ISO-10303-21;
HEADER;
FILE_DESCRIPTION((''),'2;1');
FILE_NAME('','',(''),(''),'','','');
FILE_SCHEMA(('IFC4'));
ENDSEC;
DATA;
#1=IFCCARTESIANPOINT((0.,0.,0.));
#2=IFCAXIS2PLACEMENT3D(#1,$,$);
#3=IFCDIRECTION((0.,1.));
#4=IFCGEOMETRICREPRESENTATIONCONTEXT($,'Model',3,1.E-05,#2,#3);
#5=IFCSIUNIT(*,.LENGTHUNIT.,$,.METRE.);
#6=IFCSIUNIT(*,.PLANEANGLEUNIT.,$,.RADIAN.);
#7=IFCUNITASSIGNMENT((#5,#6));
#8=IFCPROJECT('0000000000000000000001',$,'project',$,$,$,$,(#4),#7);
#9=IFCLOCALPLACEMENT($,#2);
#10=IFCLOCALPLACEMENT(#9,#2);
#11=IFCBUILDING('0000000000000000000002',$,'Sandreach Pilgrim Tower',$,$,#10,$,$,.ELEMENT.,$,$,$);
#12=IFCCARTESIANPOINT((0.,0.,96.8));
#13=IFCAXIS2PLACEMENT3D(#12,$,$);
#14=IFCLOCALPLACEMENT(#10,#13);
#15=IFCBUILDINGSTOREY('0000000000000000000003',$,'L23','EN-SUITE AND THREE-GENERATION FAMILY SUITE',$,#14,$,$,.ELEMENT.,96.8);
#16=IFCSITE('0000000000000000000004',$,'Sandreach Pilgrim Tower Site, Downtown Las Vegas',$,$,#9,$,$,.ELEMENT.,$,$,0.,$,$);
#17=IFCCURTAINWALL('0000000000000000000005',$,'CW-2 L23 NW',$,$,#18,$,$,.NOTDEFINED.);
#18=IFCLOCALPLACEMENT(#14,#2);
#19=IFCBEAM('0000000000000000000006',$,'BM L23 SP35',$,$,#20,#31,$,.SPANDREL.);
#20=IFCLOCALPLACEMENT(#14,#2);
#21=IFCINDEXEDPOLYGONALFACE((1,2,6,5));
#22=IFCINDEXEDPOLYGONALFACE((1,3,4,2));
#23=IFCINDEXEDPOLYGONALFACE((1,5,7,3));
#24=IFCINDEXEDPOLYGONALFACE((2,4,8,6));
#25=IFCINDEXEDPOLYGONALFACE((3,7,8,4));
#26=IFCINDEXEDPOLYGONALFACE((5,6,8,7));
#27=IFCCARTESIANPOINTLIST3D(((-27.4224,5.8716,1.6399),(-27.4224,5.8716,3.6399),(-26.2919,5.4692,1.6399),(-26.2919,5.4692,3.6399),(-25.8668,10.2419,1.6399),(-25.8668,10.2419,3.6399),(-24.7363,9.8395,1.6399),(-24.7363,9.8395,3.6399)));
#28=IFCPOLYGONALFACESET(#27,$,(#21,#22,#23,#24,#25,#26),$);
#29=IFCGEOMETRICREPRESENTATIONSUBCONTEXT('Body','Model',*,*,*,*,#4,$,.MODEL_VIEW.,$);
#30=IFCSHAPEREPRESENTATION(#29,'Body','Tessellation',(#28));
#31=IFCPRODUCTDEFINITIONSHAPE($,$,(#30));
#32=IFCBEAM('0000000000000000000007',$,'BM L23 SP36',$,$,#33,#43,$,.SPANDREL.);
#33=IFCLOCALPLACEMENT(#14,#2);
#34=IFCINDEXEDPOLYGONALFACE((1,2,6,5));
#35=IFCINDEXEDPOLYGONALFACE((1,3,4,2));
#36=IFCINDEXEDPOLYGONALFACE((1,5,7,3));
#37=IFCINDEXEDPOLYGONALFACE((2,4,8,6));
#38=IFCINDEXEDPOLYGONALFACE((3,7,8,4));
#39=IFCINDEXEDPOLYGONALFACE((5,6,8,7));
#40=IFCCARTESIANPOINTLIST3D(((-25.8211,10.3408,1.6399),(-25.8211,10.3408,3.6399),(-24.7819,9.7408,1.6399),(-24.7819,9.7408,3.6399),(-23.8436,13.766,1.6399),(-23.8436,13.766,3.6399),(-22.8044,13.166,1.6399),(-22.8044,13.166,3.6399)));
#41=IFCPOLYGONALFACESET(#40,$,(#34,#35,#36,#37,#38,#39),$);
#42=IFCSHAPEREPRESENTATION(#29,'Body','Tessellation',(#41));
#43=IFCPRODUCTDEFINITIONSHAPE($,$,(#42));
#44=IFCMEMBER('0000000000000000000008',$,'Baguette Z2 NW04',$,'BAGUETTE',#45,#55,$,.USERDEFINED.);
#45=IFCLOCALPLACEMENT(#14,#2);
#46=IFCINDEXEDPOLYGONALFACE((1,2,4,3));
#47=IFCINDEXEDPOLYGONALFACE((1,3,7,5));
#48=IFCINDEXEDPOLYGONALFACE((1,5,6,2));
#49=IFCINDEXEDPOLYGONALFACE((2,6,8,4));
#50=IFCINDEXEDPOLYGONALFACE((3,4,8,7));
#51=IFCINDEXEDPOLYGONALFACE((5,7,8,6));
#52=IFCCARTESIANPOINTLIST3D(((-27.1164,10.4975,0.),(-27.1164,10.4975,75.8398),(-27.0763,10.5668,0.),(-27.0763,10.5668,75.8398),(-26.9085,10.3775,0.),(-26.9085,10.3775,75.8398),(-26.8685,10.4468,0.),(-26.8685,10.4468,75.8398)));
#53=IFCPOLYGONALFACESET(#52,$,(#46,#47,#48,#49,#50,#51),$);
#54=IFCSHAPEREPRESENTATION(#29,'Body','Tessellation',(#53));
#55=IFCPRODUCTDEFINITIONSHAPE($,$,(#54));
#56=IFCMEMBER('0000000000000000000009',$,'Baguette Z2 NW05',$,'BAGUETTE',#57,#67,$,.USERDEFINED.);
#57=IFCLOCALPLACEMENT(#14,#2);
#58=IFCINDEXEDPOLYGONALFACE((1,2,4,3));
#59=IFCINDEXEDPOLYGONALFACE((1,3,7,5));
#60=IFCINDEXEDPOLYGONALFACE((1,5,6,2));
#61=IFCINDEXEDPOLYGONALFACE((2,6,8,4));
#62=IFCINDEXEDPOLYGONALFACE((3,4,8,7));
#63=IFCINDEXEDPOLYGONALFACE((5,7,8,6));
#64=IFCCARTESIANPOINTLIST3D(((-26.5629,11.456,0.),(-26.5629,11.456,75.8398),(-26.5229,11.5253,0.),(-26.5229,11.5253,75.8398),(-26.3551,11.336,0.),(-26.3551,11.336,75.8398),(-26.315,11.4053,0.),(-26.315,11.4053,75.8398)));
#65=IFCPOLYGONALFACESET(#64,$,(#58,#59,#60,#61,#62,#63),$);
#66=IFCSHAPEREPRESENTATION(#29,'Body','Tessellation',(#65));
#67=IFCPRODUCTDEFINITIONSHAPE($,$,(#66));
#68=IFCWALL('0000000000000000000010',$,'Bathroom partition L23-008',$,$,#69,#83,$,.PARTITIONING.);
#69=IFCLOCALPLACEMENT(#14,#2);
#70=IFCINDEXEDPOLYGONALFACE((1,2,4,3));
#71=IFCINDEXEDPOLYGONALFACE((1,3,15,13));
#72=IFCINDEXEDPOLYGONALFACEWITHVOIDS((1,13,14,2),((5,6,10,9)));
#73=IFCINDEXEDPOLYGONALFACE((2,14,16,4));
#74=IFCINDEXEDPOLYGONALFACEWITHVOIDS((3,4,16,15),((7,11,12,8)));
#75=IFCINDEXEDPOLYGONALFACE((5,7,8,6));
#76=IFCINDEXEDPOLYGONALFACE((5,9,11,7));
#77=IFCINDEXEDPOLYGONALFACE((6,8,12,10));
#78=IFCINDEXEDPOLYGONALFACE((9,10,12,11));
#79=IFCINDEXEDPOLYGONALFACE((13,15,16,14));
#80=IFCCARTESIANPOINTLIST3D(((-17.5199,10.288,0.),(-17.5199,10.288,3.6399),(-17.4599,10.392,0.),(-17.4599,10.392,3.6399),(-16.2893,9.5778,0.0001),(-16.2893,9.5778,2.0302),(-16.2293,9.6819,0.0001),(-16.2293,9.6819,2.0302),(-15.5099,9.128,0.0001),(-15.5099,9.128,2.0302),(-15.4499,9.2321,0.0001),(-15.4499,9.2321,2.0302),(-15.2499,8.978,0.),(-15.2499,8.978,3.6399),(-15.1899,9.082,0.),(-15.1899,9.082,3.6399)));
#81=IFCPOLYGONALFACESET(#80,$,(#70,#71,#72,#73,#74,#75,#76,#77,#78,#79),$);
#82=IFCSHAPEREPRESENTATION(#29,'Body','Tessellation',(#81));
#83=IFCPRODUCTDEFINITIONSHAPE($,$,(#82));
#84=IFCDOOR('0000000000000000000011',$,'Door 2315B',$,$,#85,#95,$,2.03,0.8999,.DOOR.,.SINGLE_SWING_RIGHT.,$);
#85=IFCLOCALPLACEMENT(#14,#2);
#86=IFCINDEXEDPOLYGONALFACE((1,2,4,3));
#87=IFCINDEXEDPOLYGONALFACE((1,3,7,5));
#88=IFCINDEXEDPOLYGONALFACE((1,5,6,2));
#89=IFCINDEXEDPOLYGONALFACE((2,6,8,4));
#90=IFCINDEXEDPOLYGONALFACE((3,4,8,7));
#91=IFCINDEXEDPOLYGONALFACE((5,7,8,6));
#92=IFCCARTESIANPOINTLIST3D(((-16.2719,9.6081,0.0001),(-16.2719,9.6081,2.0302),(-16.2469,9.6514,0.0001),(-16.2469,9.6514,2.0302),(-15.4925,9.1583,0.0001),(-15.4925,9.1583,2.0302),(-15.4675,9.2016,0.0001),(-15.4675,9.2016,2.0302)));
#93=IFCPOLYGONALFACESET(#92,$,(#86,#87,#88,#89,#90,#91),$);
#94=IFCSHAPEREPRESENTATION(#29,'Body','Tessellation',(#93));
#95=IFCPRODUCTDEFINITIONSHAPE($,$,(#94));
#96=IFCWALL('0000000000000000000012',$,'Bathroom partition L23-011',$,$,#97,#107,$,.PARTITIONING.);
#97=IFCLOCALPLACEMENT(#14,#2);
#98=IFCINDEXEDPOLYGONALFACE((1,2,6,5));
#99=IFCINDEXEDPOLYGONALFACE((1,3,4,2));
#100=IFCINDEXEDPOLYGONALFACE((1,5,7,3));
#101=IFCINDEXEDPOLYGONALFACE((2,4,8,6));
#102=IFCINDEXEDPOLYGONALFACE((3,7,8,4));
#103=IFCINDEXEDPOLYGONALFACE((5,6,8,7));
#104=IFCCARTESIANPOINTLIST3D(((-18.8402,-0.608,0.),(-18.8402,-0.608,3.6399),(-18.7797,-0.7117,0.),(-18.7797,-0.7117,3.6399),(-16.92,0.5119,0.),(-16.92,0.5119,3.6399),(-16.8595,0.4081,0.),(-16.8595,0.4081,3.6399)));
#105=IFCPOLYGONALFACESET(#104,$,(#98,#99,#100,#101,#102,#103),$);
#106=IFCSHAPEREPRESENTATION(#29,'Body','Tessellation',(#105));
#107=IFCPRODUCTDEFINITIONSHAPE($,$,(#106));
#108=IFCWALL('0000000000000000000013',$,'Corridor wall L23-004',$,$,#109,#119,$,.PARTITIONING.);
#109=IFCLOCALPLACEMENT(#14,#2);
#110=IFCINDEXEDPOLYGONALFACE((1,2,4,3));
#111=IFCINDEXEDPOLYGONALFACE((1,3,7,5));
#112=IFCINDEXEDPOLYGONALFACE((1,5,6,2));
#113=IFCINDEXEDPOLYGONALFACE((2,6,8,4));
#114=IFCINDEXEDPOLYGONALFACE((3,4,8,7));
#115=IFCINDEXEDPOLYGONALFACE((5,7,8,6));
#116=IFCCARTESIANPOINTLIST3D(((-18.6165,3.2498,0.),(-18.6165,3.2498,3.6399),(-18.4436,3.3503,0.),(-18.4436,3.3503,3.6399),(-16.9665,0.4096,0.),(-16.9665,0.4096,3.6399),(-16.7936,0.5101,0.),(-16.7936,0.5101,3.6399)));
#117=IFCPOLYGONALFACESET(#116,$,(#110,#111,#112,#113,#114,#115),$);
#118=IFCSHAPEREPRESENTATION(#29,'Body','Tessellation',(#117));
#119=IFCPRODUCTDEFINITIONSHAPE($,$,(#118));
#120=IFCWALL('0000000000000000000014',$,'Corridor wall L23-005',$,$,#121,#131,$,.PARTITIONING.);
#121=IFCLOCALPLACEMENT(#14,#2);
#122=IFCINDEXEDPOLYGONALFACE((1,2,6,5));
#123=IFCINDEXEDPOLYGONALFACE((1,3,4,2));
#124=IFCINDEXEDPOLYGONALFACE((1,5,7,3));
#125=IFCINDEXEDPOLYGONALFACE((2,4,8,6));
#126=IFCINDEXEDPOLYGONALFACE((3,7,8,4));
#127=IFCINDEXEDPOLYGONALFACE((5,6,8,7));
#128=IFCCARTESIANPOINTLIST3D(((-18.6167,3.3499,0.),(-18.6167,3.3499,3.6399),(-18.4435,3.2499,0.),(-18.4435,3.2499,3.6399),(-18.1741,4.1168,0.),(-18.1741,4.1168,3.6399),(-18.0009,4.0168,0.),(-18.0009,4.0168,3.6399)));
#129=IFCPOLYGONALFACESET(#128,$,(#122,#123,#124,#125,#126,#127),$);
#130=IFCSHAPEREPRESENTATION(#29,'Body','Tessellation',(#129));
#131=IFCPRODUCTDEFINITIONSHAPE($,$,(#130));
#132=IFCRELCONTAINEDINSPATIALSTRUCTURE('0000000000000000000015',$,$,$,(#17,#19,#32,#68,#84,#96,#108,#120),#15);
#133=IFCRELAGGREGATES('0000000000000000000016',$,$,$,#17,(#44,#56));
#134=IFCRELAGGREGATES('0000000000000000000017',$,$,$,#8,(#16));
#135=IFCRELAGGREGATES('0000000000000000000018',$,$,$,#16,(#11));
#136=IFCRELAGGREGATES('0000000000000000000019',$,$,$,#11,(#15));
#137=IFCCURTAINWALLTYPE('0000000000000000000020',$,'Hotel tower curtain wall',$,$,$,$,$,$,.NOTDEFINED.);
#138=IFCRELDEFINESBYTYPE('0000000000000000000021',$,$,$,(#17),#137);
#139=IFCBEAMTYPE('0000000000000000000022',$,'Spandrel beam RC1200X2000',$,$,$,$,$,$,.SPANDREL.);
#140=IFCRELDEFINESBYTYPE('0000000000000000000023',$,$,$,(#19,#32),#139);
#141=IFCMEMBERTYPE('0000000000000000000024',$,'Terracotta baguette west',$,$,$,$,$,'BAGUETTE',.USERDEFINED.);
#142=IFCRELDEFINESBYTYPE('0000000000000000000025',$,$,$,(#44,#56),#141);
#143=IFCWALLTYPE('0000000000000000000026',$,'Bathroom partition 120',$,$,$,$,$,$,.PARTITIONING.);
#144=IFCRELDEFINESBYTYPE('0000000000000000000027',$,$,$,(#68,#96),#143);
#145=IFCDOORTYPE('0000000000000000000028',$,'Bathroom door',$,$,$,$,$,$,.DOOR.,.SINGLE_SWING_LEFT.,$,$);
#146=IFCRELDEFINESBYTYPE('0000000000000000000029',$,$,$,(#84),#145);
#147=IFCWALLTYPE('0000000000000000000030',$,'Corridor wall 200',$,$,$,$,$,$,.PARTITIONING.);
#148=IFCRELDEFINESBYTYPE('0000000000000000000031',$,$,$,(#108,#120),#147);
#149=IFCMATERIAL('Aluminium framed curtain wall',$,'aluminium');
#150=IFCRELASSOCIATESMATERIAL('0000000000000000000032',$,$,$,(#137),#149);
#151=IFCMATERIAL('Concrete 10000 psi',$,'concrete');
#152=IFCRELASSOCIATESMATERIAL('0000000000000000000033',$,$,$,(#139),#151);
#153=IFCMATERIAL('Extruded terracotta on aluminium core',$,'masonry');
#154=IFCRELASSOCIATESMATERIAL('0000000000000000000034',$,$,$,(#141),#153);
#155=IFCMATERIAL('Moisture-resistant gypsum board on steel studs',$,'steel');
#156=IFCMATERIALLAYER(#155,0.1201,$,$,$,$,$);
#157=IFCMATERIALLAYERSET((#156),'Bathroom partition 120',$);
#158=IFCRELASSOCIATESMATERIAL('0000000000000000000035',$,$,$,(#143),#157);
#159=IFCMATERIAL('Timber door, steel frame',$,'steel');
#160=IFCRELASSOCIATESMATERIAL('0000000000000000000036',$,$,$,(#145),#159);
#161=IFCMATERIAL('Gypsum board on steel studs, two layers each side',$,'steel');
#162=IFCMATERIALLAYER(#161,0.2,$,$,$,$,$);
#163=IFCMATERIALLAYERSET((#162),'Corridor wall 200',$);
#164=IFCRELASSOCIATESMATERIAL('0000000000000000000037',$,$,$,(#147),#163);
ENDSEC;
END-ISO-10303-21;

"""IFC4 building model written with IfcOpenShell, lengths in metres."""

from ifc_helpers import new_model, si_unit, direction, frame, frame_2d, origin, origin_2d, place, context, subcontext, project, spatial, rectangle, extrude, material, layer, layer_set, material_profile, profile_set, type_object, element, fill, aggregate, save


model = new_model("IFC4")

# Units and contexts
model_context = context("Model", 3, precision=1e-05, world=origin(), true_north=direction((0.0, 1.0)))
body_context = subcontext(model_context, "Body", "Model", "MODEL_VIEW")
ifc_project = project(units=[si_unit("LENGTHUNIT", "METRE"), si_unit("PLANEANGLEUNIT", "RADIAN")], contexts=[model_context])

# Site, building, storey
site_placement = place(None, origin())
site = spatial("IfcSite", under=ifc_project, at=site_placement, Name="Sandreach Pilgrim Tower Site, Downtown Las Vegas", CompositionType="ELEMENT", RefElevation=0.0)
building_placement = place(site_placement, origin())
building = spatial("IfcBuilding", under=site, at=building_placement, Name="Sandreach Pilgrim Tower", CompositionType="ELEMENT")
storey_placement = place(building_placement, frame((0.0, 0.0, 96.8)))
storey = spatial("IfcBuildingStorey", under=building, at=storey_placement, Name="L23", Description="EN-SUITE AND THREE-GENERATION FAMILY SUITE", CompositionType="ELEMENT", Elevation=96.8)

# Curtain wall
ifc_material_1 = material(Name="Aluminium framed curtain wall", Category="aluminium")
curtain_wall_type = type_object("IfcCurtainWallType", Name="Hotel tower curtain wall", PredefinedType="NOTDEFINED", material=ifc_material_1)
curtain_wall_1_placement = place(storey_placement, origin())
curtain_wall_1 = element("IfcCurtainWall", 1, at=curtain_wall_1_placement, inside=storey, type_object=curtain_wall_type, Name="CW-2 L23 NW", PredefinedType="NOTDEFINED")

# Beams
ifc_material_2 = material(Name="Concrete 10000 psi", Category="concrete")
ifc_material_profile_1 = material_profile(ifc_material_2, rectangle(XDim=1.2, YDim=2.0, at=origin_2d()), Name="RC1200X2000")
ifc_profile_set_1 = profile_set([ifc_material_profile_1], Name="Concrete 10000 psi")
beam_type_1 = type_object("IfcBeamType", Name="Spandrel beam RC1200X2000", PredefinedType="SPANDREL", material=ifc_profile_set_1)
beam_1_placement = place(storey_placement, frame((-26.8572, 5.6704, 2.6399), z_axis=(0.335346, 0.942095, 0.0), x_axis=(-0.942095, 0.335346, 0.0)))
element("IfcBeam", 2, at=beam_1_placement, inside=storey, type_object=beam_type_1, Name="BM L23 SP35", PredefinedType="SPANDREL", context=body_context, shape_type="SweptSolid", body=[
    extrude(rectangle(XDim=1.2, YDim=2.0, at=origin_2d()), origin(), (0.0, 0.0, 1.0), 4.6389),
])
beam_2_placement = place(storey_placement, frame((-25.3015, 10.0408, 2.6399), z_axis=(0.49999, 0.866031, 0.0), x_axis=(-0.866031, 0.49999, 0.0)))
element("IfcBeam", 3, at=beam_2_placement, inside=storey, type_object=beam_type_1, Name="BM L23 SP36", PredefinedType="SPANDREL", context=body_context, shape_type="SweptSolid", body=[
    extrude(rectangle(XDim=1.2, YDim=2.0, at=origin_2d()), origin(), (0.0, 0.0, 1.0), 3.9551),
])

# Members
ifc_material_3 = material(Name="Extruded terracotta on aluminium core", Category="masonry")
ifc_material_profile_2 = material_profile(ifc_material_3, rectangle(XDim=0.0801, YDim=0.24, at=origin_2d()), Name="TBW 80X240")
ifc_profile_set_2 = profile_set([ifc_material_profile_2], Name="Extruded terracotta on aluminium core")
member_type_1 = type_object("IfcMemberType", Name="Terracotta baguette west", ElementType="BAGUETTE", PredefinedType="USERDEFINED", material=ifc_profile_set_2)
member_1_placement = place(storey_placement, frame((-26.9924, 10.4722, 0.0), z_axis=(0.0, 0.0, 1.0), x_axis=(0.5, 0.866025, 0.0)))
member_1 = element("IfcMember", 4, at=member_1_placement, type_object=member_type_1, Name="Baguette Z2 NW04", ObjectType="BAGUETTE", PredefinedType="USERDEFINED", context=body_context, shape_type="SweptSolid", body=[
    extrude(rectangle(XDim=0.0801, YDim=0.24, at=origin_2d()), origin(), (0.0, 0.0, 1.0), 75.8398),
])
member_2_placement = place(storey_placement, frame((-26.439, 11.4307, 0.0), z_axis=(0.0, 0.0, 1.0), x_axis=(0.5, 0.866025, 0.0)))
member_2 = element("IfcMember", 5, at=member_2_placement, type_object=member_type_1, Name="Baguette Z2 NW05", ObjectType="BAGUETTE", PredefinedType="USERDEFINED", context=body_context, shape_type="SweptSolid", body=[
    extrude(rectangle(XDim=0.0801, YDim=0.24, at=origin_2d()), origin(), (0.0, 0.0, 1.0), 75.8398),
])
aggregate(curtain_wall_1, [member_1, member_2])

# Wall, opening, door
ifc_material_4 = material(Name="Moisture-resistant gypsum board on steel studs", Category="steel")
ifc_layer_1 = layer(ifc_material_4, 0.1201)
ifc_layer_set_1 = layer_set([ifc_layer_1], Name="Bathroom partition 120")
wall_type_1 = type_object("IfcWallType", Name="Bathroom partition 120", PredefinedType="PARTITIONING", material=ifc_layer_set_1)
wall_1_placement = place(storey_placement, frame((-17.49, 10.3401, 0.0), z_axis=(0.0, 0.0, 1.0), x_axis=(0.866114, -0.499846, 0.0)))
wall_1 = element("IfcWall", 6, at=wall_1_placement, inside=storey, type_object=wall_type_1, Name="Bathroom partition L23-008", PredefinedType="PARTITIONING", context=body_context, shape_type="SweptSolid", body=[
    extrude(rectangle(XDim=2.6208, YDim=0.1201, at=frame_2d((1.3105, 0.0))), origin(), (0.0, 0.0, 1.0), 3.6399),
])
opening_placement = place(wall_1_placement, frame((1.4209, 0.0, 0.0)))
opening = element("IfcOpeningElement", 7, at=opening_placement, cuts=wall_1, PredefinedType="OPENING", context=body_context, shape_type="SweptSolid", body=[
    extrude(rectangle(XDim=0.8999, YDim=2.03, at=frame_2d((0.45, 1.0151))), frame((0.0, 0.0601, 0.0), z_axis=(0.0, -1.0, 0.0), x_axis=(1.0, 0.0, 0.0)), (0.0, 0.0, 1.0), 0.1201),
])
ifc_material_5 = material(Name="Timber door, steel frame", Category="steel")
door_type = type_object("IfcDoorType", Name="Bathroom door", OperationType="SINGLE_SWING_LEFT", PredefinedType="DOOR", material=ifc_material_5)
door_placement = place(opening_placement, origin())
door = element("IfcDoor", 8, at=door_placement, inside=storey, type_object=door_type, Name="Door 2315B", OperationType="SINGLE_SWING_RIGHT", OverallHeight=2.03, OverallWidth=0.8999, PredefinedType="DOOR", context=body_context, shape_type="SweptSolid", body=[
    extrude(rectangle(XDim=0.8999, YDim=2.03, at=frame_2d((0.45, 1.0151))), frame((0.0, 0.0249, 0.0), z_axis=(0.0, -1.0, 0.0), x_axis=(1.0, 0.0, 0.0)), (0.0, 0.0, 1.0), 0.05),
])
fill(opening, door)

# Walls
wall_2_placement = place(storey_placement, frame((-16.8899, 0.46, 0.0), z_axis=(0.0, 0.0, 1.0), x_axis=(-0.863823, -0.503796, 0.0)))
element("IfcWall", 9, at=wall_2_placement, inside=storey, type_object=wall_type_1, Name="Bathroom partition L23-011", PredefinedType="PARTITIONING", context=body_context, shape_type="SweptSolid", body=[
    extrude(rectangle(XDim=2.2229, YDim=0.1201, at=frame_2d((1.1113, 0.0))), origin(), (0.0, 0.0, 1.0), 3.6399),
])
ifc_material_6 = material(Name="Gypsum board on steel studs, two layers each side", Category="steel")
ifc_layer_2 = layer(ifc_material_6, 0.2)
ifc_layer_set_2 = layer_set([ifc_layer_2], Name="Corridor wall 200")
wall_type_2 = type_object("IfcWallType", Name="Corridor wall 200", PredefinedType="PARTITIONING", material=ifc_layer_set_2)
wall_3_placement = place(storey_placement, frame((-18.53, 3.3, 0.0), z_axis=(0.0, 0.0, 1.0), x_axis=(0.502322, -0.864681, 0.0)))
element("IfcWall", 10, at=wall_3_placement, inside=storey, type_object=wall_type_2, Name="Corridor wall L23-004", PredefinedType="PARTITIONING", context=body_context, shape_type="SweptSolid", body=[
    extrude(rectangle(XDim=3.2847, YDim=0.2, at=frame_2d((1.6423, 0.0))), origin(), (0.0, 0.0, 1.0), 3.6399),
])
wall_4_placement = place(storey_placement, frame((-18.0874, 4.0669, 0.0), z_axis=(0.0, 0.0, 1.0), x_axis=(-0.499905, -0.86608, 0.0)))
element("IfcWall", 11, at=wall_4_placement, inside=storey, type_object=wall_type_2, Name="Corridor wall L23-005", PredefinedType="PARTITIONING", context=body_context, shape_type="SweptSolid", body=[
    extrude(rectangle(XDim=0.8855, YDim=0.2, at=frame_2d((0.4429, 0.0))), origin(), (0.0, 0.0, 1.0), 3.6399),
])

save(model, "model.ifc")
